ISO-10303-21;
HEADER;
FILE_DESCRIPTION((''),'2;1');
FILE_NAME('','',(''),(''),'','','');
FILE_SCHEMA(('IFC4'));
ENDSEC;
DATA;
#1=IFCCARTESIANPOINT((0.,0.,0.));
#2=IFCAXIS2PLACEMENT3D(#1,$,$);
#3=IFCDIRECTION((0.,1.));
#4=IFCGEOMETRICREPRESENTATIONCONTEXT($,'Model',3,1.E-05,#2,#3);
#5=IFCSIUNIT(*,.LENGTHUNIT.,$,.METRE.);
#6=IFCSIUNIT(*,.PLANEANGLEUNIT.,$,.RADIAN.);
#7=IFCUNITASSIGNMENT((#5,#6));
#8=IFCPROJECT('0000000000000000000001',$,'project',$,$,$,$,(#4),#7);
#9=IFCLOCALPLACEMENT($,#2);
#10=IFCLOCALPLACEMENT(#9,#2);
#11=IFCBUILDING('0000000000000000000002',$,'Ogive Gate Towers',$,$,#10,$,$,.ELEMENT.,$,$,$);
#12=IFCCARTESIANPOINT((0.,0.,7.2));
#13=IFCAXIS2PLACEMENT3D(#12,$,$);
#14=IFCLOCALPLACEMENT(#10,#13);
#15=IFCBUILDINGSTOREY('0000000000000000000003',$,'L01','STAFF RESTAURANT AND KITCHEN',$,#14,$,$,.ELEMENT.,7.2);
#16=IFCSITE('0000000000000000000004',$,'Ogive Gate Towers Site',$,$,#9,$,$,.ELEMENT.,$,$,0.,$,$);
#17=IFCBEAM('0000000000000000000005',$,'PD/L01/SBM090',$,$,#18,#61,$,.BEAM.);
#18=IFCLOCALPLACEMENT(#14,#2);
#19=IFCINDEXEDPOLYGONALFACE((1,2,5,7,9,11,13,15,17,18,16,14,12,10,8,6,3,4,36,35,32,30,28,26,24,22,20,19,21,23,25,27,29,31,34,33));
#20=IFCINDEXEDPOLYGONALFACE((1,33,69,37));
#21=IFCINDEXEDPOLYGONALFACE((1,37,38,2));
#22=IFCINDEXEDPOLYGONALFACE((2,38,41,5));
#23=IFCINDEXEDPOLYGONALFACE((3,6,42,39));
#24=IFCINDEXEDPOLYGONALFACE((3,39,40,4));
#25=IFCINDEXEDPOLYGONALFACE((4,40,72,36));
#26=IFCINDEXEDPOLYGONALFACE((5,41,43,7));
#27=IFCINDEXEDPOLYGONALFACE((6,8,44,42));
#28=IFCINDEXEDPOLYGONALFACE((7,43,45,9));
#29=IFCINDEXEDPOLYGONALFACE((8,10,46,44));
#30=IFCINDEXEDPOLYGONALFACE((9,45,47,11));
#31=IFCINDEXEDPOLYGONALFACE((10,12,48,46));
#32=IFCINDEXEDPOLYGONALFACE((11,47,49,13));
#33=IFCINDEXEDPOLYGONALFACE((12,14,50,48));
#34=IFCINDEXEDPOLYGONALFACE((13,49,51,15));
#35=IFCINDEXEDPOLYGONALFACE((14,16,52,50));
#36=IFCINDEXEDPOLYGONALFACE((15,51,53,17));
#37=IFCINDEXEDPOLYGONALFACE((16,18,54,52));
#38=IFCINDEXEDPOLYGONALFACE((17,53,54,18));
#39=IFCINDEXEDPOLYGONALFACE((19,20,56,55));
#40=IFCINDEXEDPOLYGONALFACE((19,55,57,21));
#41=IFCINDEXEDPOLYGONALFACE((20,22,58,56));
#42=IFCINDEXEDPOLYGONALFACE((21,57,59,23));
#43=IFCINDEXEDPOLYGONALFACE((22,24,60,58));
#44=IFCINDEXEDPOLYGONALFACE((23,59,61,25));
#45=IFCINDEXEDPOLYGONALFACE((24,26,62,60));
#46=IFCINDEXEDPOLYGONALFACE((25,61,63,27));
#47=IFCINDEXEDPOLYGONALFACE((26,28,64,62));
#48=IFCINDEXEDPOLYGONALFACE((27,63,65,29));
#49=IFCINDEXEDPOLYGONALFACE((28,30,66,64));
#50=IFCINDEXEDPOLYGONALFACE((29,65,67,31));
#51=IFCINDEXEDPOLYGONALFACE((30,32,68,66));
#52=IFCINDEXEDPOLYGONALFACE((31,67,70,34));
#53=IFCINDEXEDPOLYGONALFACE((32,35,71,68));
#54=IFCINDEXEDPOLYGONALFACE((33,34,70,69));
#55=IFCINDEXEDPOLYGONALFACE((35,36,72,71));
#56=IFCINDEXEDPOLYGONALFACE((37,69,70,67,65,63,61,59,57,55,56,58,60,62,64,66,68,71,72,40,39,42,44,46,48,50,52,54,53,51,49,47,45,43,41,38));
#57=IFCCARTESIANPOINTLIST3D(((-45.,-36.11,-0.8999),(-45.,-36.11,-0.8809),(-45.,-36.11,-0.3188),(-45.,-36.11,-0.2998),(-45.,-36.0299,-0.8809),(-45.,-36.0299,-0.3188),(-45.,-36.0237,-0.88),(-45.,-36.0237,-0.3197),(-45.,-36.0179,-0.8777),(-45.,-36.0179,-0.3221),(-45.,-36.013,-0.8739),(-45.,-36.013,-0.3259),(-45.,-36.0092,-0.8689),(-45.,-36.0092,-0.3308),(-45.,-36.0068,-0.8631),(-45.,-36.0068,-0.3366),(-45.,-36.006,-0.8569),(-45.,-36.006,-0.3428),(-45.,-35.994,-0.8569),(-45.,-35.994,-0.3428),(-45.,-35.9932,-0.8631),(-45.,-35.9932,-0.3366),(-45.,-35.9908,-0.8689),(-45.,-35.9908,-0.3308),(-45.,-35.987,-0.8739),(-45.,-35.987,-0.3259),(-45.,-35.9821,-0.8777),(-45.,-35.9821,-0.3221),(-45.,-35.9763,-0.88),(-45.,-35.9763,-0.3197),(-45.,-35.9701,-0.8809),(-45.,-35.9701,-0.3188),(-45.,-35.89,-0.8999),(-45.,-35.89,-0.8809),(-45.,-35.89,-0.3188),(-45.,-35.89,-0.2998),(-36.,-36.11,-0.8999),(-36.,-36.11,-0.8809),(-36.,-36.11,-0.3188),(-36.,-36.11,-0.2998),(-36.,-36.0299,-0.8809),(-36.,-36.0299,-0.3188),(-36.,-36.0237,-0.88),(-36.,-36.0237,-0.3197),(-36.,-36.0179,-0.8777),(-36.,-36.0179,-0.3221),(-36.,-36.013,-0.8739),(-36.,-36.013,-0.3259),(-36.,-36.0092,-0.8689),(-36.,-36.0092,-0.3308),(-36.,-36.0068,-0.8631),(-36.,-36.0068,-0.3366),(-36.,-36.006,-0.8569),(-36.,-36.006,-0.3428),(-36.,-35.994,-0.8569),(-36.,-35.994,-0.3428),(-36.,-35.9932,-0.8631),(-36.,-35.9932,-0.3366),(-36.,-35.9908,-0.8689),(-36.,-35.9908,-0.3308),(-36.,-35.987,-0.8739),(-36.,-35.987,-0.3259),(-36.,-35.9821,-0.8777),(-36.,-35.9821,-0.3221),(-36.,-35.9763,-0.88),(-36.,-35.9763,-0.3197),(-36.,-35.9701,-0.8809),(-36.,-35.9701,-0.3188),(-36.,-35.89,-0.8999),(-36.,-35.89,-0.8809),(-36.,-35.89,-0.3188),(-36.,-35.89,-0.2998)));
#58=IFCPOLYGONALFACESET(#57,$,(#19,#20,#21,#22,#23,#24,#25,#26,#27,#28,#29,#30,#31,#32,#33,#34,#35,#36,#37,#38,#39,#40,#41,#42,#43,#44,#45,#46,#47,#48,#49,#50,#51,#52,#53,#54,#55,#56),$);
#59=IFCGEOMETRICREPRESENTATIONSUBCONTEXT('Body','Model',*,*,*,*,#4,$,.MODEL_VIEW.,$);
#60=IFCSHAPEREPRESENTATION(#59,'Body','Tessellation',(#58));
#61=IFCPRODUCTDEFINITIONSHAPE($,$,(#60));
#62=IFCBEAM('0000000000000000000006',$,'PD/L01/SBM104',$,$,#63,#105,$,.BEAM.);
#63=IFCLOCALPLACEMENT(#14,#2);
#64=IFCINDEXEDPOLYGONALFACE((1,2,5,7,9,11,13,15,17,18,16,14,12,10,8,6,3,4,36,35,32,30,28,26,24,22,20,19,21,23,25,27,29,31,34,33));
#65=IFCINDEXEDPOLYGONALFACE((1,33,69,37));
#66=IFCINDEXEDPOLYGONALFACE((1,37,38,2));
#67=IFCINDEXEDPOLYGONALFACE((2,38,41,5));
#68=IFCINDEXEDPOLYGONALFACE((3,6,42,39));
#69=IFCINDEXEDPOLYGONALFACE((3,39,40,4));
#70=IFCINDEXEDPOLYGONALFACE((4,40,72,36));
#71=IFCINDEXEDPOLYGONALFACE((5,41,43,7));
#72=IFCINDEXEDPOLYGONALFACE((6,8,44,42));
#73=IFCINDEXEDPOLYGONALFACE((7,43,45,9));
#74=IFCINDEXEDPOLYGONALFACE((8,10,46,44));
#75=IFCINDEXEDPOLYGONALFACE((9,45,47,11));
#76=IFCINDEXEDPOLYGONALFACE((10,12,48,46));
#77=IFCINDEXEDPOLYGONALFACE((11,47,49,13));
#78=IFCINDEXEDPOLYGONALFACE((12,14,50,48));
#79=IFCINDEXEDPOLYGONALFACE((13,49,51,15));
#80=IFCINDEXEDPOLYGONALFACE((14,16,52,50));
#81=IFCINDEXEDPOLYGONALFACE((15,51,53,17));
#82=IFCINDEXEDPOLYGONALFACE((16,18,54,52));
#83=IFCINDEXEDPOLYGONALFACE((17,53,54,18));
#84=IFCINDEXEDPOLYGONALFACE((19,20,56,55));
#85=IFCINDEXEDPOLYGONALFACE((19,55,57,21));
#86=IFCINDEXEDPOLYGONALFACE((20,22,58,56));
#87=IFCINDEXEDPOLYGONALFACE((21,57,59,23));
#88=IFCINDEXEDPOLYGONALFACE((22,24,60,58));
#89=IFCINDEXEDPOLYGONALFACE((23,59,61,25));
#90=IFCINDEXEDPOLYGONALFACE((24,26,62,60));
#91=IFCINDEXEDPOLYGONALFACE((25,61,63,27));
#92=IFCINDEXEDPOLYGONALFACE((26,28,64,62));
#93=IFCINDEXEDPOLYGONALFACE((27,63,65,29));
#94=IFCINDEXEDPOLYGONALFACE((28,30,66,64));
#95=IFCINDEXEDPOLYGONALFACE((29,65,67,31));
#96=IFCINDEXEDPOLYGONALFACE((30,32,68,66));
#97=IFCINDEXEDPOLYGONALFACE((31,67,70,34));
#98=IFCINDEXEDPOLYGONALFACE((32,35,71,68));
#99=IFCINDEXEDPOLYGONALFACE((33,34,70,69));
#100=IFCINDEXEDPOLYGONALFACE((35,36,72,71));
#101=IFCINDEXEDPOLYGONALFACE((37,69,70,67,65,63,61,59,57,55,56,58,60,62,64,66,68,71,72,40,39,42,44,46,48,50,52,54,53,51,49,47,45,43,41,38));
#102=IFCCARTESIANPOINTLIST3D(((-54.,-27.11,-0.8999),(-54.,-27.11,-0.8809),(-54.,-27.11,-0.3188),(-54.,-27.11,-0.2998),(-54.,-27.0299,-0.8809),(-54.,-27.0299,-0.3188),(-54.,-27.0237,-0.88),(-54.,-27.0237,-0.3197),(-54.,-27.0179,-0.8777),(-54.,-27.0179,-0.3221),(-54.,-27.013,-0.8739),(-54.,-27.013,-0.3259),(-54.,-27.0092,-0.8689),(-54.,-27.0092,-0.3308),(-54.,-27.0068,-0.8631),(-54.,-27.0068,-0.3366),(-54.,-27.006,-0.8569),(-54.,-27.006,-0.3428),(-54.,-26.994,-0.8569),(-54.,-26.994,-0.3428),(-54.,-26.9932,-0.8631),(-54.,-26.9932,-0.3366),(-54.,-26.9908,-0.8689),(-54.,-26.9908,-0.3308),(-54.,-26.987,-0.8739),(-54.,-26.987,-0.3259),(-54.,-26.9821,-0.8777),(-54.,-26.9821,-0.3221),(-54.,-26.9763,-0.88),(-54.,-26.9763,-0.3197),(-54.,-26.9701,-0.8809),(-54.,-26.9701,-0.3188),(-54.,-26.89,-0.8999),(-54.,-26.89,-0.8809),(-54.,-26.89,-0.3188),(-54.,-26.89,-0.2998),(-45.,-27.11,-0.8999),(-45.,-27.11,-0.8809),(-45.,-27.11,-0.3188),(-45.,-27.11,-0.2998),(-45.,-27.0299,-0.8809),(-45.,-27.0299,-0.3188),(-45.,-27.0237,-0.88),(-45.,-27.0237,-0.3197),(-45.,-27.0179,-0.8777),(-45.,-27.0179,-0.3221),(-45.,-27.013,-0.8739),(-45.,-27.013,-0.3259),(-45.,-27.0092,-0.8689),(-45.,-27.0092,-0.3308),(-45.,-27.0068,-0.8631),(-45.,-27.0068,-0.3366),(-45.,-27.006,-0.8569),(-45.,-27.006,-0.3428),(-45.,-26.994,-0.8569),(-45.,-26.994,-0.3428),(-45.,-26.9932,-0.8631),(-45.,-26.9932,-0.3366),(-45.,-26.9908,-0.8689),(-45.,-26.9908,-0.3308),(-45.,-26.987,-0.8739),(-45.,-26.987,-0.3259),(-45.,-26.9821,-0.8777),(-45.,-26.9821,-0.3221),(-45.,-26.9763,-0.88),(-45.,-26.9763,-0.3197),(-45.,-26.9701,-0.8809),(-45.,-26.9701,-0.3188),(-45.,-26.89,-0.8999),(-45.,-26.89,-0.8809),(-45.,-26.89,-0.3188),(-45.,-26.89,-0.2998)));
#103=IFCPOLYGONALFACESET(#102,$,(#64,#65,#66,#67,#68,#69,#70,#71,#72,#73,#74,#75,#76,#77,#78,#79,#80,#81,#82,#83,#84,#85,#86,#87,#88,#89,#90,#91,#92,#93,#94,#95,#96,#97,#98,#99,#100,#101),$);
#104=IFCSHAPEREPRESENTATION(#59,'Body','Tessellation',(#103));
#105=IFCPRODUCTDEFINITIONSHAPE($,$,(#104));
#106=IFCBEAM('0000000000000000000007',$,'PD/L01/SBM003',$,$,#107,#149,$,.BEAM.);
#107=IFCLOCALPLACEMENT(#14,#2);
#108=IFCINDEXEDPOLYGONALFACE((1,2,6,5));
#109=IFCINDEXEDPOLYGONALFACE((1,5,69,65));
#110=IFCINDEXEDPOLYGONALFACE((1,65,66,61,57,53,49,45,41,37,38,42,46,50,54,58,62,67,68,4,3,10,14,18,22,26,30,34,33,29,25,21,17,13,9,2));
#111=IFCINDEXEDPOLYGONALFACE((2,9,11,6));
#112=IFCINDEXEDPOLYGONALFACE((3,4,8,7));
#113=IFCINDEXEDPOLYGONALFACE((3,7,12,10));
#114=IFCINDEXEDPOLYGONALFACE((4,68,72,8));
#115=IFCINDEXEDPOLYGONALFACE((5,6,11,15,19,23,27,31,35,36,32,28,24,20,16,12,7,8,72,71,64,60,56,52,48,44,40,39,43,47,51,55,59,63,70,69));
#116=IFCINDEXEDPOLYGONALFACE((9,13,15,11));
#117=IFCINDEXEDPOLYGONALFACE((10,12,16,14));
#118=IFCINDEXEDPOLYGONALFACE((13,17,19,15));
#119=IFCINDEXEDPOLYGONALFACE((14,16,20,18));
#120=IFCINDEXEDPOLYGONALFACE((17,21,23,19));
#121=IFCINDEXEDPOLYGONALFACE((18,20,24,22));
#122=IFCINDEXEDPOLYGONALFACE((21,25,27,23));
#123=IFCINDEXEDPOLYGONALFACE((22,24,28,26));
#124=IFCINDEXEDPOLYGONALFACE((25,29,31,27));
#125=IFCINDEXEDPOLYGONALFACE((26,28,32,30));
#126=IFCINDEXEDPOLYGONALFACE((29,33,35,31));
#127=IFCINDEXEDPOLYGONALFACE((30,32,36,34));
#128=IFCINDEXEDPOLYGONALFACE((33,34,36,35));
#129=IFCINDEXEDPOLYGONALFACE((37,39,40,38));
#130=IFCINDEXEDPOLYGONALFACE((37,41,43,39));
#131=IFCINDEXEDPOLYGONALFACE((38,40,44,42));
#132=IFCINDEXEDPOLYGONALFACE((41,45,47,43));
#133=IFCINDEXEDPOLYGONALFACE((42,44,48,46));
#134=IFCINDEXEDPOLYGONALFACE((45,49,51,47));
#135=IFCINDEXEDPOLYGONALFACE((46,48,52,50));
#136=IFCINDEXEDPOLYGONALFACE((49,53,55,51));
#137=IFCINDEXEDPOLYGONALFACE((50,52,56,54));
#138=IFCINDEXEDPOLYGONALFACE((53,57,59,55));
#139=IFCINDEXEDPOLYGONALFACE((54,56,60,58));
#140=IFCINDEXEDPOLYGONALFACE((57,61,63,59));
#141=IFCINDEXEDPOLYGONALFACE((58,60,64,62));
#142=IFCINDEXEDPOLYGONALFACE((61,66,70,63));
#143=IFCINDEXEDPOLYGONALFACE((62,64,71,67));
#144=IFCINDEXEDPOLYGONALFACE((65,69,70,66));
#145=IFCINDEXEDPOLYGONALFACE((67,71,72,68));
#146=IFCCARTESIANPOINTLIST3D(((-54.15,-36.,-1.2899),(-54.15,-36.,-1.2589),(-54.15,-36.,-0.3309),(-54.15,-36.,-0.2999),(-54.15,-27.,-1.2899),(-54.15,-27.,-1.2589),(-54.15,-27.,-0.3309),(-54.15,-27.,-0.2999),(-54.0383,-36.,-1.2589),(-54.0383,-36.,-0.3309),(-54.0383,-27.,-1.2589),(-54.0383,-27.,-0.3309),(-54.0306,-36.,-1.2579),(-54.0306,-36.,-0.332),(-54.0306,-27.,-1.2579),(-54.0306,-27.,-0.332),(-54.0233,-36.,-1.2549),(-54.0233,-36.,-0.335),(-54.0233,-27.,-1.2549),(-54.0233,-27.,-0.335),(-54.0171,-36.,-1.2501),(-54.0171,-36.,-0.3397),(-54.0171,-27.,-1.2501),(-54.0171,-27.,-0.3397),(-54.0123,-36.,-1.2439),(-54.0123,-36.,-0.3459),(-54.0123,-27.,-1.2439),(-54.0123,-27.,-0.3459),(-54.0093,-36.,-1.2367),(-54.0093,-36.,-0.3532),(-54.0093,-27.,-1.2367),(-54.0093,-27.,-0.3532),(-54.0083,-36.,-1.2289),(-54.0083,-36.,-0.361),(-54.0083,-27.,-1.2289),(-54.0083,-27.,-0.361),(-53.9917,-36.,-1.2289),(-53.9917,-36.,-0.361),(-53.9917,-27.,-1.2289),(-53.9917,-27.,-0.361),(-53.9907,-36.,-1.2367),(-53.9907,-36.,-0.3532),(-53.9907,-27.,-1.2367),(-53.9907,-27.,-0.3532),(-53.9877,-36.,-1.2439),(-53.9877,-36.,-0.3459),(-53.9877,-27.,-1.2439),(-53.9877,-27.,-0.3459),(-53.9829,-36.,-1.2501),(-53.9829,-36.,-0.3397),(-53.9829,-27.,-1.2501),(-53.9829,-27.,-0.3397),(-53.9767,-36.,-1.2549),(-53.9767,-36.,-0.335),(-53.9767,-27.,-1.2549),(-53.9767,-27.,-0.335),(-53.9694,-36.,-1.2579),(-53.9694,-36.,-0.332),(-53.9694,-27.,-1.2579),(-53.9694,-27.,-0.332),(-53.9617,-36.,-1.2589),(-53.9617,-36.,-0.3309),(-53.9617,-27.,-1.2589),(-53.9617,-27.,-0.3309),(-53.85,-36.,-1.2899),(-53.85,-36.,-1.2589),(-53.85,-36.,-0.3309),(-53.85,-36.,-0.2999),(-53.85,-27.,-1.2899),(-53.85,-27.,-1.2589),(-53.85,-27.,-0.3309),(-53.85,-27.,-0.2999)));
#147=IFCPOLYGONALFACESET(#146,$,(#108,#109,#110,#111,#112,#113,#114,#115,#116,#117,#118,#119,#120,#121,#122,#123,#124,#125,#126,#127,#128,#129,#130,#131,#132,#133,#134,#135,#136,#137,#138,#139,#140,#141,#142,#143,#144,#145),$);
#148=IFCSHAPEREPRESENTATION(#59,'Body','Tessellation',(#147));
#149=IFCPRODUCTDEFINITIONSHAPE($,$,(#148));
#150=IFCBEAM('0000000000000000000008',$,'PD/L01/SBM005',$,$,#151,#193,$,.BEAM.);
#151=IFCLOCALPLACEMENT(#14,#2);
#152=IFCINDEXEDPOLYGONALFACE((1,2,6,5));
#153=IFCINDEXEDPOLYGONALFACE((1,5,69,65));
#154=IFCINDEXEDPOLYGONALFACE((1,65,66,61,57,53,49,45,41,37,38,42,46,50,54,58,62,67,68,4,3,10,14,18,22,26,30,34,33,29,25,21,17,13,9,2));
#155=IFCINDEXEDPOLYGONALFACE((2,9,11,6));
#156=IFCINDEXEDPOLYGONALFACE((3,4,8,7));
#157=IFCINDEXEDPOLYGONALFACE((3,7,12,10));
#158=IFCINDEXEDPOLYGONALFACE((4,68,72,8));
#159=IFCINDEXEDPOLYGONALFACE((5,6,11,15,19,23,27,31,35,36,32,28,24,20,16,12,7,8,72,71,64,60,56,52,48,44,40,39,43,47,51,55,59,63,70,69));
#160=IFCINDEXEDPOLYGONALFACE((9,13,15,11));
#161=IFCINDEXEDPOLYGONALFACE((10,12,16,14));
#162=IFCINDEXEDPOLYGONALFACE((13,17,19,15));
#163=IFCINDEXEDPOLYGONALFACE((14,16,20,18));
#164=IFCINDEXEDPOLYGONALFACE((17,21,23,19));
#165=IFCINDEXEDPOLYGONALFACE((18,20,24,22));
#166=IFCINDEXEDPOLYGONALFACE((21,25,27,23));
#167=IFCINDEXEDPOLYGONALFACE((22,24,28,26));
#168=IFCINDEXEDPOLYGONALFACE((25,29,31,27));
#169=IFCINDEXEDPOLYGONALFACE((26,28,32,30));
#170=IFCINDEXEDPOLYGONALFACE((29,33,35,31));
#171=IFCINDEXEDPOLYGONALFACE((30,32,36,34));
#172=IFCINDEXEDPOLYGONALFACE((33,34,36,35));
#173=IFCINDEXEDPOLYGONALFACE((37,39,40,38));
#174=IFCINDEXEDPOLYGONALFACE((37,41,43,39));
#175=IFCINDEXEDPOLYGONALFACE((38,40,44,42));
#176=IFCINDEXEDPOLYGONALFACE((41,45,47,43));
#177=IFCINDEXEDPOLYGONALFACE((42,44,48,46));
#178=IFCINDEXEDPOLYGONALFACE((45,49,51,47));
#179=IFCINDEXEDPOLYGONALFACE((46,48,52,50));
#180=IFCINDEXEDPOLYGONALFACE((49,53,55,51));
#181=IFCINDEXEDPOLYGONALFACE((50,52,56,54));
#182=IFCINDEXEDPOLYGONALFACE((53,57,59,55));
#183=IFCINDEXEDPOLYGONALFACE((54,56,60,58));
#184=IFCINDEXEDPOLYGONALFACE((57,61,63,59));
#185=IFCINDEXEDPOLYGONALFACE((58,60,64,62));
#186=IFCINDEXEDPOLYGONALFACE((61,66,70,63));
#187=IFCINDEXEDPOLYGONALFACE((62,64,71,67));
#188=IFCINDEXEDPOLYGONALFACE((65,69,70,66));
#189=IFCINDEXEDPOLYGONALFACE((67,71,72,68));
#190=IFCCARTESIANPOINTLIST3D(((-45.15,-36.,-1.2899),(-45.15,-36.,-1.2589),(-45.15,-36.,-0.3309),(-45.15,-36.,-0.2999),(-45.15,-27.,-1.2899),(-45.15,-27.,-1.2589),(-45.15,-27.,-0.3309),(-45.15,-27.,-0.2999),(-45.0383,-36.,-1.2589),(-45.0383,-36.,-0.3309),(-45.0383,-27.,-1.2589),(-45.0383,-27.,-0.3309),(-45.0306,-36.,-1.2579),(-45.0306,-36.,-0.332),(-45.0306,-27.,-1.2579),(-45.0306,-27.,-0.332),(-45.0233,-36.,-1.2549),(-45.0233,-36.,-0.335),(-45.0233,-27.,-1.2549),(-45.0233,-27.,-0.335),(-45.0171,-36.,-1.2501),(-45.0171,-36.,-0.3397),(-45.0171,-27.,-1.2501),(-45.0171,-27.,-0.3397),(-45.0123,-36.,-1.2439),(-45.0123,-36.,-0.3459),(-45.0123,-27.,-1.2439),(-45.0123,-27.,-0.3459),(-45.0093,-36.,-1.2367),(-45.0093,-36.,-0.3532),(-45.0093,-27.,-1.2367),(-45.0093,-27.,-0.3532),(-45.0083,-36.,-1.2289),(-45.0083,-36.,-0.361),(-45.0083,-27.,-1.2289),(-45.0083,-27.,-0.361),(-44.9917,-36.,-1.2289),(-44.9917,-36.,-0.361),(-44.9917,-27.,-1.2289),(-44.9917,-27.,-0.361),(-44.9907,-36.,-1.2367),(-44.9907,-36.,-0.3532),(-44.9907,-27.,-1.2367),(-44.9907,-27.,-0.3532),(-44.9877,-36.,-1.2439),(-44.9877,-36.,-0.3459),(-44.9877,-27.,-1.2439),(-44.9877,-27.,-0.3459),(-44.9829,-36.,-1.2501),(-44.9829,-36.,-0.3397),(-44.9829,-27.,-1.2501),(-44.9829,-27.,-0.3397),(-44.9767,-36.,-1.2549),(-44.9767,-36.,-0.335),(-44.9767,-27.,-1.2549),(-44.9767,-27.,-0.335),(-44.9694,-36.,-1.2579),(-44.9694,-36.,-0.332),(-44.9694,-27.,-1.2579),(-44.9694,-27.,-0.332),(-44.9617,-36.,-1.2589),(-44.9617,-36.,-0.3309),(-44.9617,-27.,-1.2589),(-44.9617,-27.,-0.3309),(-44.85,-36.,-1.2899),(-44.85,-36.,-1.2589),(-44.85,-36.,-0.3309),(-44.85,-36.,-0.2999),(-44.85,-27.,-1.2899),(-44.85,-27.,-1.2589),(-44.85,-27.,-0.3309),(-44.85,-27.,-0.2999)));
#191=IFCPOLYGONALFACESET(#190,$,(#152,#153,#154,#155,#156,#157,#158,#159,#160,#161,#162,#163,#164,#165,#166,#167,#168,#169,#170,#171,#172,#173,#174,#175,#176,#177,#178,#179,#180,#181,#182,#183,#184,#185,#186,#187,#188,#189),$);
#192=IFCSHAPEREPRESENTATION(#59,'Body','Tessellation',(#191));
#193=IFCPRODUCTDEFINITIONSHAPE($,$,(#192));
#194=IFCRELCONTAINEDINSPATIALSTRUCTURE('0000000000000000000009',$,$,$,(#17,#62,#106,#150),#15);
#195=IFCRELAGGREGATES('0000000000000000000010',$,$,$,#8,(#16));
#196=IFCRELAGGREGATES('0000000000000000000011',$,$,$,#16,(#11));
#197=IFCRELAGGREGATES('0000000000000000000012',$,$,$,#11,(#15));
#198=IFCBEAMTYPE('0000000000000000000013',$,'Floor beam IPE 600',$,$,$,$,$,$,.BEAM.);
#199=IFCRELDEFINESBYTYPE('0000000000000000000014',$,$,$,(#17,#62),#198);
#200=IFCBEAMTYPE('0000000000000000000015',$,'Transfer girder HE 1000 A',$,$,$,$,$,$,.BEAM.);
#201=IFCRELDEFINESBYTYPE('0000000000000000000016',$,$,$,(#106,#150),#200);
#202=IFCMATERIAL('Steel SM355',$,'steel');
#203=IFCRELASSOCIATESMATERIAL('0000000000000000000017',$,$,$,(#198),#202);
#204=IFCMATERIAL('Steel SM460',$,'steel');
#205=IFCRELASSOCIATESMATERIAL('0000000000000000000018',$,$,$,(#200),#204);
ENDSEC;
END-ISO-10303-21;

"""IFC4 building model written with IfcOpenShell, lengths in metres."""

from ifc_helpers import new_model, si_unit, direction, frame, origin, origin_2d, place, context, subcontext, project, spatial, i_section, extrude, material, material_profile, profile_set, type_object, element, save


model = new_model("IFC4")

# Units and contexts
model_context = context("Model", 3, precision=1e-05, world=origin(), true_north=direction((0.0, 1.0)))
body_context = subcontext(model_context, "Body", "Model", "MODEL_VIEW")
ifc_project = project(units=[si_unit("LENGTHUNIT", "METRE"), si_unit("PLANEANGLEUNIT", "RADIAN")], contexts=[model_context])

# Site, building, storey
site_placement = place(None, origin())
site = spatial("IfcSite", under=ifc_project, at=site_placement, Name="Ogive Gate Towers Site", CompositionType="ELEMENT", RefElevation=0.0)
building_placement = place(site_placement, origin())
building = spatial("IfcBuilding", under=site, at=building_placement, Name="Ogive Gate Towers", CompositionType="ELEMENT")
storey_placement = place(building_placement, frame((0.0, 0.0, 7.2)))
storey = spatial("IfcBuildingStorey", under=building, at=storey_placement, Name="L01", Description="STAFF RESTAURANT AND KITCHEN", CompositionType="ELEMENT", Elevation=7.2)

# Beams
ifc_material_1 = material(Name="Steel SM355", Category="steel")
ifc_material_profile_1 = material_profile(ifc_material_1, i_section(OverallWidth=0.22, OverallDepth=0.6001, WebThickness=0.012, FlangeThickness=0.019, FilletRadius=0.0239, at=origin_2d()), Name="IPE 600")
ifc_profile_set_1 = profile_set([ifc_material_profile_1], Name="Steel SM355")
beam_type_1 = type_object("IfcBeamType", Name="Floor beam IPE 600", PredefinedType="BEAM", material=ifc_profile_set_1)
for number, where, z_axis, x_axis, name in (
    (1, (-45.0, -36.0, -0.5999), (1.0, 0.0, 0.0), (0.0, 1.0, 0.0), "PD/L01/SBM090"),
    (2, (-54.0, -27.0, -0.5999), (1.0, 0.0, 0.0), (0.0, 1.0, 0.0), "PD/L01/SBM104"),
):
    element("IfcBeam", number, at=place(storey_placement, frame(where, z_axis=z_axis, x_axis=x_axis)), inside=storey, type_object=beam_type_1, Name=name, PredefinedType="BEAM", context=body_context, shape_type="SweptSolid", body=[
        extrude(i_section(OverallWidth=0.22, OverallDepth=0.6001, WebThickness=0.012, FlangeThickness=0.019, FilletRadius=0.0239, at=origin_2d()), origin(), (0.0, 0.0, 1.0), 9.0),
    ])
ifc_material_2 = material(Name="Steel SM460", Category="steel")
ifc_material_profile_2 = material_profile(ifc_material_2, i_section(OverallWidth=0.3, OverallDepth=0.99, WebThickness=0.0166, FlangeThickness=0.031, FilletRadius=0.03, at=origin_2d()), Name="HE 1000 A")
ifc_profile_set_2 = profile_set([ifc_material_profile_2], Name="Steel SM460")
beam_type_2 = type_object("IfcBeamType", Name="Transfer girder HE 1000 A", PredefinedType="BEAM", material=ifc_profile_set_2)
for number, where, z_axis, x_axis, name in (
    (3, (-54.0, -36.0, -0.7949), (0.0, 1.0, 0.0), (-1.0, 0.0, 0.0), "PD/L01/SBM003"),
    (4, (-45.0, -36.0, -0.7949), (0.0, 1.0, 0.0), (-1.0, 0.0, 0.0), "PD/L01/SBM005"),
):
    element("IfcBeam", number, at=place(storey_placement, frame(where, z_axis=z_axis, x_axis=x_axis)), inside=storey, type_object=beam_type_2, Name=name, PredefinedType="BEAM", context=body_context, shape_type="SweptSolid", body=[
        extrude(i_section(OverallWidth=0.3, OverallDepth=0.99, WebThickness=0.0166, FlangeThickness=0.031, FilletRadius=0.03, at=origin_2d()), origin(), (0.0, 0.0, 1.0), 9.0),
    ])

save(model, "model.ifc")
